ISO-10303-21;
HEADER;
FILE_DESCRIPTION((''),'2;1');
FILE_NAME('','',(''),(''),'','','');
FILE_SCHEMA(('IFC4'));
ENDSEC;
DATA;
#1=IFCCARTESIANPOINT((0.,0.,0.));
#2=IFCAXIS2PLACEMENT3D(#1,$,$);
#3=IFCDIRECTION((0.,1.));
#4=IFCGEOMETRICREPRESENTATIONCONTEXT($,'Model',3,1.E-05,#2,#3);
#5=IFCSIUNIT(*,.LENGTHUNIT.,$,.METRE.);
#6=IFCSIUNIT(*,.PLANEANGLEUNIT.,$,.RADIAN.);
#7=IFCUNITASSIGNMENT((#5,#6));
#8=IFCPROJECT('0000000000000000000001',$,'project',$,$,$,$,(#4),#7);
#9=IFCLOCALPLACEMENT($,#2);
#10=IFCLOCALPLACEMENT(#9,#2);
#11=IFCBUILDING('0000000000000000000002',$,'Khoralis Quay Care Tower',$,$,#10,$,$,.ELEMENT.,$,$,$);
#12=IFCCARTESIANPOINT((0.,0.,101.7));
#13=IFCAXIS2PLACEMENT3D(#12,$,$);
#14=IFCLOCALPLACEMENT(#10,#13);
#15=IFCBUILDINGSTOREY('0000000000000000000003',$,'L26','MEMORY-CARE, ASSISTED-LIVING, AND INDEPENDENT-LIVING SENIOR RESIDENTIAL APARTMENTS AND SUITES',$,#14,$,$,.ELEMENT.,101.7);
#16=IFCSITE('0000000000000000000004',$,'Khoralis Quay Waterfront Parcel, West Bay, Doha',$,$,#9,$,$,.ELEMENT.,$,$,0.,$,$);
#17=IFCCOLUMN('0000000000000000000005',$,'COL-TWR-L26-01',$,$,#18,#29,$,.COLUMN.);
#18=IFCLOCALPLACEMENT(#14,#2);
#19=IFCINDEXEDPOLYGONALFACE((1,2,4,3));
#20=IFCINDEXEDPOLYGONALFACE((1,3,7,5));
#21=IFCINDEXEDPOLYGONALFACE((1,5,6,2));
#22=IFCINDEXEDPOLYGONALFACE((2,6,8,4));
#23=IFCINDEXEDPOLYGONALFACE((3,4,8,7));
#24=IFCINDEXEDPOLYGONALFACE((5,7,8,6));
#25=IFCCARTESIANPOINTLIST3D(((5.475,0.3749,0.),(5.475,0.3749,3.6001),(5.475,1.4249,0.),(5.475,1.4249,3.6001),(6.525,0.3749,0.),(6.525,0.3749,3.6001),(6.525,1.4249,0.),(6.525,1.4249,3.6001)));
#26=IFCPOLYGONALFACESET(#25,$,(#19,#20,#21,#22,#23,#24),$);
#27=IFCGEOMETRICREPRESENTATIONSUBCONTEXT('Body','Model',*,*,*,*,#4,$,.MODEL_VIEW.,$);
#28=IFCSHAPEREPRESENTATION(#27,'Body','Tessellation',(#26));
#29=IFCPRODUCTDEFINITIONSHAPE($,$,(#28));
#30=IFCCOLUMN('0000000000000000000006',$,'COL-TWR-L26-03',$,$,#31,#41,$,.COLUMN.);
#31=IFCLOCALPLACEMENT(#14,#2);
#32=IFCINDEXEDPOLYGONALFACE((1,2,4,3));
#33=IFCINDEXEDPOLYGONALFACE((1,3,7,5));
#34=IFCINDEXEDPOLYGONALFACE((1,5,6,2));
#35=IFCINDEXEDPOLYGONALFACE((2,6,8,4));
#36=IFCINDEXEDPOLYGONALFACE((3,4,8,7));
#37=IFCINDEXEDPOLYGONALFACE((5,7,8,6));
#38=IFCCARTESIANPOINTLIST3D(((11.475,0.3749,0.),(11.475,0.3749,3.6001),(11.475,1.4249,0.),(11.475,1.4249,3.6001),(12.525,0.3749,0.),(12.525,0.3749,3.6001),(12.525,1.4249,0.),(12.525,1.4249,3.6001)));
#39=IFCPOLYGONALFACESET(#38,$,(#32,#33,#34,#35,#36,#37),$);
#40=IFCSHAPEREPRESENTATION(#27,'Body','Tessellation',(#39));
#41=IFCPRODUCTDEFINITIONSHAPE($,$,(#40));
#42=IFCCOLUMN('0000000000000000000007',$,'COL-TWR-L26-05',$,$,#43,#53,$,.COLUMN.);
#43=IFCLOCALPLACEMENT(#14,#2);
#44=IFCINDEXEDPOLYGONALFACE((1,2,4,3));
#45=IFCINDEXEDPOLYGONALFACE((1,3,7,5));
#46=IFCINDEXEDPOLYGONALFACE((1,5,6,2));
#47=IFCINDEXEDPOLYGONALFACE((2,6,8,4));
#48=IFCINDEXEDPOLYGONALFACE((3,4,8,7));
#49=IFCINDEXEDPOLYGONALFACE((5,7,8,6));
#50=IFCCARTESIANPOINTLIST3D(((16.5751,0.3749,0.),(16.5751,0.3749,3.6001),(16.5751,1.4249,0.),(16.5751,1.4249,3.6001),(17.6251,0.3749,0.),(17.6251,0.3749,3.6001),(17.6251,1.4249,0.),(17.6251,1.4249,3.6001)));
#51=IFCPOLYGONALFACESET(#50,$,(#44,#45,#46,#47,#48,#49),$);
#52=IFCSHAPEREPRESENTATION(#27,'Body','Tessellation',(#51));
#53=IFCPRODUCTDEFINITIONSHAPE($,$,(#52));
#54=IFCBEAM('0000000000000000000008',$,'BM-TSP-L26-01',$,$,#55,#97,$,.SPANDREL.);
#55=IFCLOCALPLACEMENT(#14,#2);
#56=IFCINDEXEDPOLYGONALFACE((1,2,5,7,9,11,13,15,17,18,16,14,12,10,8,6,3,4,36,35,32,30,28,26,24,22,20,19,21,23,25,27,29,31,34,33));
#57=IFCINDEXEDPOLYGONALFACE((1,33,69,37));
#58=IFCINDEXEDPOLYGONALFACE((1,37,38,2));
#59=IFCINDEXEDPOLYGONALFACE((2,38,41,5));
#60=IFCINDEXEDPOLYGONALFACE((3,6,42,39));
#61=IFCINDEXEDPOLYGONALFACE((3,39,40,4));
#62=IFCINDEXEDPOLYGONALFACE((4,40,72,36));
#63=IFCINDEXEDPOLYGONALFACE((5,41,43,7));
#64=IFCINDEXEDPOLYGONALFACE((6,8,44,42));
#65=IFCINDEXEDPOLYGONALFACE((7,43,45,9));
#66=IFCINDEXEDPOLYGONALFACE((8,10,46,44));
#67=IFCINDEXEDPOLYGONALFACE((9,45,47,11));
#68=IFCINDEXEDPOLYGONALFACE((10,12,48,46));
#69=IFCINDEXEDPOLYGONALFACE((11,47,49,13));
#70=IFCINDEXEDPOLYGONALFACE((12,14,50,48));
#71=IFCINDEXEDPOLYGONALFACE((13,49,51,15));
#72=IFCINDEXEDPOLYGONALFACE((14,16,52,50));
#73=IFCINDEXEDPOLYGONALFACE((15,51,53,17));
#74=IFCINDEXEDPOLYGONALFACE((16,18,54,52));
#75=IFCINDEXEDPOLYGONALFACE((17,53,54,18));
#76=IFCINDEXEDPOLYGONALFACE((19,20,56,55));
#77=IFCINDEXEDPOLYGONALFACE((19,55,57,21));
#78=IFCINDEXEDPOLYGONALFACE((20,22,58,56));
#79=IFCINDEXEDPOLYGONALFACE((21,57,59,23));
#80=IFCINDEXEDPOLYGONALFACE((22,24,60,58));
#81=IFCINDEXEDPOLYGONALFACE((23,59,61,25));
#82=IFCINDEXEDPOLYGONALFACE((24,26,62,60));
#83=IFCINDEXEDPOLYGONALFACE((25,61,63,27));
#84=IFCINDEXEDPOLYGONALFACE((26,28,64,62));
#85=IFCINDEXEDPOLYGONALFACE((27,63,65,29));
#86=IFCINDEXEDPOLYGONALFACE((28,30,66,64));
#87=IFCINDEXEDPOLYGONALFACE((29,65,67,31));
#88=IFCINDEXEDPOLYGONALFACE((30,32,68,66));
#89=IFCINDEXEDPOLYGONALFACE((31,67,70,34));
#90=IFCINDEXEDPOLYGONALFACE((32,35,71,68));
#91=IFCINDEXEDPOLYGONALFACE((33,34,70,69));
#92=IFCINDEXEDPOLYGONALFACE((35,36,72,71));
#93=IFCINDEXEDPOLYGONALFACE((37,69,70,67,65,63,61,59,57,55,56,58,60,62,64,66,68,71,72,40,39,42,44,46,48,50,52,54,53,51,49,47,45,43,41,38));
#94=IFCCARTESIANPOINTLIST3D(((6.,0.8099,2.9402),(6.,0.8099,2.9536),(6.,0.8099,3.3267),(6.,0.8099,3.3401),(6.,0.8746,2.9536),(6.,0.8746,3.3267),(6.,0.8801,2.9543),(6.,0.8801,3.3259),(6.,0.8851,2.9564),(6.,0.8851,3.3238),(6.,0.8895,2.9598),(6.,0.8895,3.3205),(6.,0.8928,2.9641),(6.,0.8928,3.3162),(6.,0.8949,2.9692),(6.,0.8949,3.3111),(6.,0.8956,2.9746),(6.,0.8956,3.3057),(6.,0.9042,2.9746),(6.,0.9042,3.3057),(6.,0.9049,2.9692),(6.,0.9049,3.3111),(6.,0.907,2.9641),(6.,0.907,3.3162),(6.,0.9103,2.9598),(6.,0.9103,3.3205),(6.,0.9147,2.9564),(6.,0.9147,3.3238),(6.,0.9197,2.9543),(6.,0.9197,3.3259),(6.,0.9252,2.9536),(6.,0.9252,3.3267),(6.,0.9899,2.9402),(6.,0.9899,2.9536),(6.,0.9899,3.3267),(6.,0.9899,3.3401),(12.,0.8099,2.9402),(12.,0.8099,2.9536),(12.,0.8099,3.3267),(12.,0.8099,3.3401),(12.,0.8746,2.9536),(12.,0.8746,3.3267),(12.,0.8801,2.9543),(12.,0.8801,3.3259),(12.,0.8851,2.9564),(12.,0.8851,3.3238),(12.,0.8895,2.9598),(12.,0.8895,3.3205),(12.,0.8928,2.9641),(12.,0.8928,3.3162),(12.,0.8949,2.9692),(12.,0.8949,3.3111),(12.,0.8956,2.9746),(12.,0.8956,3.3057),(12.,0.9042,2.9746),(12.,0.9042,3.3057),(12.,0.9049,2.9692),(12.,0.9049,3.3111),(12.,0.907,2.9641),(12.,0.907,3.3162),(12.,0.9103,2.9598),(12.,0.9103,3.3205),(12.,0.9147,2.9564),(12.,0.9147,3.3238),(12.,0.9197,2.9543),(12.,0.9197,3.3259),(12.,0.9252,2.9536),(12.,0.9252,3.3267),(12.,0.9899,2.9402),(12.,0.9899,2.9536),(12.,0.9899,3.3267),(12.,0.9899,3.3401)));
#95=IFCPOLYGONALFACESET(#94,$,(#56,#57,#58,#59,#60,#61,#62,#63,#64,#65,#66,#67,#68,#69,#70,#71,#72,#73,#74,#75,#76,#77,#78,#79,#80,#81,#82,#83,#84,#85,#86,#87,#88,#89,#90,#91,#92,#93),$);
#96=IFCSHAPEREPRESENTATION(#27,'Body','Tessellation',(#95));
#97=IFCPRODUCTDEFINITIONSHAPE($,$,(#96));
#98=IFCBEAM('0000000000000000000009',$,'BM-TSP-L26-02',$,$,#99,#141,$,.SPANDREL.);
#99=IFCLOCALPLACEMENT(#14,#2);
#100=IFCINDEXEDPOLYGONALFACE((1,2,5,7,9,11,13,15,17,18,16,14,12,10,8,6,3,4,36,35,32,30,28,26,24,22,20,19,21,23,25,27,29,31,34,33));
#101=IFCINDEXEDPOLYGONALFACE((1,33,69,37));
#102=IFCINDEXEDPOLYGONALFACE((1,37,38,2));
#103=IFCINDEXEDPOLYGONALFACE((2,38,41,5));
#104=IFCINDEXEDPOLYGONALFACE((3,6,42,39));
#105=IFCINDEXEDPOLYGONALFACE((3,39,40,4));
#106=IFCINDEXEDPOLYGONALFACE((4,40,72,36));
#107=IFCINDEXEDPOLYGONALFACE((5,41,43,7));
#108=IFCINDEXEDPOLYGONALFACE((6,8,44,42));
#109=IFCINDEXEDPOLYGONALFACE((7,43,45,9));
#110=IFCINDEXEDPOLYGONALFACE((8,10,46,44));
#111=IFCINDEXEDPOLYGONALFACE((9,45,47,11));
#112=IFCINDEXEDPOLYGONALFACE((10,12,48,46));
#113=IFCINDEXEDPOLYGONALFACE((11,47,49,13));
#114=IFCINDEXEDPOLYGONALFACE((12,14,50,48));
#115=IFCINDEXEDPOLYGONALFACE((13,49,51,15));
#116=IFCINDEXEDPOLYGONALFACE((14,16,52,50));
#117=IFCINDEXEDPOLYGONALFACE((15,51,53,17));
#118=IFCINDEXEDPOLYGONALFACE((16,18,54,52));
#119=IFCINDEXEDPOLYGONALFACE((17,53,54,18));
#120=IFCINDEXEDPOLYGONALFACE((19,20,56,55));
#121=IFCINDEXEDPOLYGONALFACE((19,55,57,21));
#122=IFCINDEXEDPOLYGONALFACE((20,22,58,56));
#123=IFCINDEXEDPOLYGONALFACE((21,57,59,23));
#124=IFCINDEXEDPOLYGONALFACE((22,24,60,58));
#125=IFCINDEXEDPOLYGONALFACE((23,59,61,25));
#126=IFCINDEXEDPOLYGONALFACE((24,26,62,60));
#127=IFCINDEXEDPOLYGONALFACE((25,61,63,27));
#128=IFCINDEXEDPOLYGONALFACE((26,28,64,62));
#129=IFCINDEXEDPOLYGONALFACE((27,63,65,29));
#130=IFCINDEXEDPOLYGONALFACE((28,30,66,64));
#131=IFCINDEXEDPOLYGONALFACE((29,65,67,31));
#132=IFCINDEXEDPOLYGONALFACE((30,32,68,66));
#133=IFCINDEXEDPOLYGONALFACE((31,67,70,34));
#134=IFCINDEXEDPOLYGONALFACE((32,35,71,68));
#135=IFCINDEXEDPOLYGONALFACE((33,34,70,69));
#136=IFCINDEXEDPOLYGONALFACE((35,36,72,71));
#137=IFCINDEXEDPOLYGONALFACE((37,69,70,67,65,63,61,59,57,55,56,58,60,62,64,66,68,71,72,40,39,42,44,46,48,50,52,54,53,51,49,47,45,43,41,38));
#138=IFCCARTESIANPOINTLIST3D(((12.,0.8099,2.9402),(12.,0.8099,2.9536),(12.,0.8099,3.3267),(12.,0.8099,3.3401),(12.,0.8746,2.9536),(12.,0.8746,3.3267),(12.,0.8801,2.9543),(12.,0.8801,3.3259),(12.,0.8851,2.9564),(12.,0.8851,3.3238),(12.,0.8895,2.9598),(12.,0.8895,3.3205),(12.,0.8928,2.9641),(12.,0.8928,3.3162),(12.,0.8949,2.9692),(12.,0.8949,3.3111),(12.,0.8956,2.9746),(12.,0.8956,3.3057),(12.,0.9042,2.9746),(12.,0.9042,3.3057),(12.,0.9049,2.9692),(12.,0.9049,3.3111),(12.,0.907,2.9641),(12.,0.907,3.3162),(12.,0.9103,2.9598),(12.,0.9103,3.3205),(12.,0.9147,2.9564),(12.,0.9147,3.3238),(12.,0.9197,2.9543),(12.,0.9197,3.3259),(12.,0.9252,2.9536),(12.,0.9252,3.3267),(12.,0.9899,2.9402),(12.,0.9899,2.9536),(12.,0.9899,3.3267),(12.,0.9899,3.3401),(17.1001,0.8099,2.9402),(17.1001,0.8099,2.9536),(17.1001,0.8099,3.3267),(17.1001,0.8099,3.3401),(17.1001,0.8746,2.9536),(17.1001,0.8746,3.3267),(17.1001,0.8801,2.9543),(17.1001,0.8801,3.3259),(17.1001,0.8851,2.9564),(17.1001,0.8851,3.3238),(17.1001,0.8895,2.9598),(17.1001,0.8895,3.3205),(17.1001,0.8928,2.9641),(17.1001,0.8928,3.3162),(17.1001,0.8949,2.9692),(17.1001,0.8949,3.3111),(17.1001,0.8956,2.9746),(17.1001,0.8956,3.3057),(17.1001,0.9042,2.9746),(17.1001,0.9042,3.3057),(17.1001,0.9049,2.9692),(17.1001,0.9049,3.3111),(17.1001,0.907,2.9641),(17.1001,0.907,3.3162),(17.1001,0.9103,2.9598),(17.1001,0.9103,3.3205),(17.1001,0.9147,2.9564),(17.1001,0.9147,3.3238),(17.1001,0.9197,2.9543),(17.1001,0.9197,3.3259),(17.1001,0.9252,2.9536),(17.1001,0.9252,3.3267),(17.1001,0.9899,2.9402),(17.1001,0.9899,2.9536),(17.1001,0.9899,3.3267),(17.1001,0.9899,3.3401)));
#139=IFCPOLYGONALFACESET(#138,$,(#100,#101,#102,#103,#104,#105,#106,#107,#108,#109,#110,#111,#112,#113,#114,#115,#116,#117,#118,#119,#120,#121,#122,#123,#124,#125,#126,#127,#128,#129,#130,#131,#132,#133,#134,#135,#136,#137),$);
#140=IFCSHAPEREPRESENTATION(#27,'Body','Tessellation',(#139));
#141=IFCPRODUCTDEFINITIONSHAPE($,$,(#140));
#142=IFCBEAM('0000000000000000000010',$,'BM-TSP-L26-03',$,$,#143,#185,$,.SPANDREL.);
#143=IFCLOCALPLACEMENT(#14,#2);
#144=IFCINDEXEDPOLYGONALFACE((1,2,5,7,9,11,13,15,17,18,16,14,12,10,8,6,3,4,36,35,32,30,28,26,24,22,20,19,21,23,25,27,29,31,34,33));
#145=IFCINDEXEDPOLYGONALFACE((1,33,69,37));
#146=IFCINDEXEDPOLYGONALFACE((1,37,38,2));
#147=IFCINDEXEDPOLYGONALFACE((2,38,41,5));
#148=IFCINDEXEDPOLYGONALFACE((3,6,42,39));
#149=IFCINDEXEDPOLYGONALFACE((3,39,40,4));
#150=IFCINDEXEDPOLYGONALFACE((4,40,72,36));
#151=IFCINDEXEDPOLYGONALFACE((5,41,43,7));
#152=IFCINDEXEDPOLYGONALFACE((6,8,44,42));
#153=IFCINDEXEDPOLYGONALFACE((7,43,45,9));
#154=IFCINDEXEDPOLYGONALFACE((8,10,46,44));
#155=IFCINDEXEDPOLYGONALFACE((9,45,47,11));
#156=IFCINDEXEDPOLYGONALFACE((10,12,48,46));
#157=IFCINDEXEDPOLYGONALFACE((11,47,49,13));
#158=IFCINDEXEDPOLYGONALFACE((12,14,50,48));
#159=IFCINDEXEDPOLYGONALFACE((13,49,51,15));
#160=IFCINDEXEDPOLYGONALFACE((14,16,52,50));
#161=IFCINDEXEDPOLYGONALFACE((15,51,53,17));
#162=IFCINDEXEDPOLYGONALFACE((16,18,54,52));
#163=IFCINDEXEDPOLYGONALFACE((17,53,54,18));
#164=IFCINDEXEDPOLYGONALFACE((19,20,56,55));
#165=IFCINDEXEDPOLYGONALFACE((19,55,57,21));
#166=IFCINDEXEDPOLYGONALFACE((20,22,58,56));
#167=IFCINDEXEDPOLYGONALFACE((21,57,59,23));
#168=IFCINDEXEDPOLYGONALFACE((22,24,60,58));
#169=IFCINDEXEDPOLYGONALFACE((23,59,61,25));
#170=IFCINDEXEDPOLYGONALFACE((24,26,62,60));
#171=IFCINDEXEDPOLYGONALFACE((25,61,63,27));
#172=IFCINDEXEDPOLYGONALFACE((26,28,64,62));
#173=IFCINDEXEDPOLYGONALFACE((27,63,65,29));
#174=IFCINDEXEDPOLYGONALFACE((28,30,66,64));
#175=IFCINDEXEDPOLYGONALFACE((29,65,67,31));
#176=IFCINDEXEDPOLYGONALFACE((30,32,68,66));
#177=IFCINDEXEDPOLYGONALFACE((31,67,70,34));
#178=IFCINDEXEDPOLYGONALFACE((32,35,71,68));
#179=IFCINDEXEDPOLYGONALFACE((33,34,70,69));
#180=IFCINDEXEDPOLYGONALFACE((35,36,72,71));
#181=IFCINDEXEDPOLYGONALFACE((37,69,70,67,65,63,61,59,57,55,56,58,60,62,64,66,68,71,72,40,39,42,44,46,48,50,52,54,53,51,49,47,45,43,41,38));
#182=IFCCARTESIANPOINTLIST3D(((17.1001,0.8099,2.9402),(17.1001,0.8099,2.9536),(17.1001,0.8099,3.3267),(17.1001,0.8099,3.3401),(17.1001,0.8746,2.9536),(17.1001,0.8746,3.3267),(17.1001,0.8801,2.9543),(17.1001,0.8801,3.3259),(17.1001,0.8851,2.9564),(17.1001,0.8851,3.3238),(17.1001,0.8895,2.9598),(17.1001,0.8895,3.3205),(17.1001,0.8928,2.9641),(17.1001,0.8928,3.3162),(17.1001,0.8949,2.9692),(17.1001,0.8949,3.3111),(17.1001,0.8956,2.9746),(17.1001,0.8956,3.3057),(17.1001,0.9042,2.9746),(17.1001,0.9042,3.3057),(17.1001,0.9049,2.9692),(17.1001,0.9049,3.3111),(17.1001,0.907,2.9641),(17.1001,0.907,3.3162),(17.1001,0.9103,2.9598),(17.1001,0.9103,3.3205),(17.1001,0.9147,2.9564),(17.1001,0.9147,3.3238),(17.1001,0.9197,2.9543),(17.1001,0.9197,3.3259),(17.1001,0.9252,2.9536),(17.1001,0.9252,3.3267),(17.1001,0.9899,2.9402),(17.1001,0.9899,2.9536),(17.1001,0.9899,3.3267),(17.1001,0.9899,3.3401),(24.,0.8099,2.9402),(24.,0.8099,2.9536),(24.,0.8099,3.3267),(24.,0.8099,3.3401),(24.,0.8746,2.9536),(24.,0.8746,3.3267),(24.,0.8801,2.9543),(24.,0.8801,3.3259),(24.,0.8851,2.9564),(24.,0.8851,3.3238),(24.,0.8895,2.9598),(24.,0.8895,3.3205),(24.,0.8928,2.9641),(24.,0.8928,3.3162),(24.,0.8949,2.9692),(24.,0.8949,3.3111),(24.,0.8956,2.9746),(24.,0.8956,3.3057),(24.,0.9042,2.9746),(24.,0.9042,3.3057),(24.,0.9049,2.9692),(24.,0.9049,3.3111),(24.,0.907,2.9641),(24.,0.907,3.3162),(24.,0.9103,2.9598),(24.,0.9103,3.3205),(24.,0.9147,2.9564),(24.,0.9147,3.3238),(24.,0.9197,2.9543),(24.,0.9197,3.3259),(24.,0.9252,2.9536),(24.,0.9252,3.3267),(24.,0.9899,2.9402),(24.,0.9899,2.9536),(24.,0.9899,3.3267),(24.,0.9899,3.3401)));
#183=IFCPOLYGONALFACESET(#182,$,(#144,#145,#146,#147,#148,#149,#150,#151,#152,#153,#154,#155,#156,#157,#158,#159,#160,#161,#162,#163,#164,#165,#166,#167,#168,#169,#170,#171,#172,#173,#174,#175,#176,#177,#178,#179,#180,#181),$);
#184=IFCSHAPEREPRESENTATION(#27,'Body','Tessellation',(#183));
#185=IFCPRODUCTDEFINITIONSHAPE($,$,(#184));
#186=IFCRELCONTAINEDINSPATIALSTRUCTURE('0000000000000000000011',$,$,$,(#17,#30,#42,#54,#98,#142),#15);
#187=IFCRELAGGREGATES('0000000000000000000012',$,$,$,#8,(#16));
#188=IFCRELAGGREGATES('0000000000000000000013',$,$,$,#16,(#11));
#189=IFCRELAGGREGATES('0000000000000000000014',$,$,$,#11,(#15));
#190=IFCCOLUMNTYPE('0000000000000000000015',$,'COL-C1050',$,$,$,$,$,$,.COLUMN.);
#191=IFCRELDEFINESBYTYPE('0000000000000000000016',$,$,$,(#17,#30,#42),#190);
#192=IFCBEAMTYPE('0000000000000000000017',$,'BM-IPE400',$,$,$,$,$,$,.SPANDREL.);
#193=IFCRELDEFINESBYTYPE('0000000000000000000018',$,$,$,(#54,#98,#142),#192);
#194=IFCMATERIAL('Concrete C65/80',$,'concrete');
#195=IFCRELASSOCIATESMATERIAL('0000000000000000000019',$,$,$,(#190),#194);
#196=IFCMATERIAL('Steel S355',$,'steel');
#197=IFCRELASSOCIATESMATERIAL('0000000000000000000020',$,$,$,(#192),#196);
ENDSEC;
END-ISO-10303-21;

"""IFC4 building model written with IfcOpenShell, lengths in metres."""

from ifc_helpers import new_model, si_unit, direction, frame, origin, origin_2d, place, context, subcontext, project, spatial, rectangle, i_section, extrude, source, transform, mapped, material, material_profile, profile_set, type_object, element, save


model = new_model("IFC4")

# Units and contexts
model_context = context("Model", 3, precision=1e-05, world=origin(), true_north=direction((0.0, 1.0)))
body_context = subcontext(model_context, "Body", "Model", "MODEL_VIEW")
ifc_project = project(units=[si_unit("LENGTHUNIT", "METRE"), si_unit("PLANEANGLEUNIT", "RADIAN")], contexts=[model_context])

# Site, building, storey
site_placement = place(None, origin())
site = spatial("IfcSite", under=ifc_project, at=site_placement, Name="Khoralis Quay Waterfront Parcel, West Bay, Doha", CompositionType="ELEMENT", RefElevation=0.0)
building_placement = place(site_placement, origin())
building = spatial("IfcBuilding", under=site, at=building_placement, Name="Khoralis Quay Care Tower", CompositionType="ELEMENT")
storey_placement = place(building_placement, frame((0.0, 0.0, 101.7)))
storey = spatial("IfcBuildingStorey", under=building, at=storey_placement, Name="L26", Description="MEMORY-CARE, ASSISTED-LIVING, AND INDEPENDENT-LIVING SENIOR RESIDENTIAL APARTMENTS AND SUITES", CompositionType="ELEMENT", Elevation=101.7)

# Columns
ifc_material_1 = material(Name="Concrete C65/80", Category="concrete")
ifc_material_profile_1 = material_profile(ifc_material_1, rectangle(XDim=1.05, YDim=1.05, at=origin_2d()), Name="Concrete C65/80")
ifc_profile_set_1 = profile_set([ifc_material_profile_1], Name="Concrete C65/80")
column_type = type_object("IfcColumnType", Name="COL-C1050", PredefinedType="COLUMN", material=ifc_profile_set_1)
shared_shape_1 = source(origin(), body_context, "Body", "SweptSolid", [
    extrude(rectangle(XDim=1.05, YDim=1.05, at=origin_2d()), origin(), (0.0, 0.0, 1.0), 3.6001),
])
for number, where, z_axis, x_axis, name in (
    (1, (6.0, 0.8999, 0.0), (0.0, 0.0, 1.0), (1.0, 0.0, 0.0), "COL-TWR-L26-01"),
    (2, (12.0, 0.8999, 0.0), (0.0, 0.0, 1.0), (1.0, 0.0, 0.0), "COL-TWR-L26-03"),
    (3, (17.1001, 0.8999, 0.0), (0.0, 0.0, 1.0), (1.0, 0.0, 0.0), "COL-TWR-L26-05"),
):
    element("IfcColumn", number, at=place(storey_placement, frame(where, z_axis=z_axis, x_axis=x_axis)), inside=storey, type_object=column_type, Name=name, PredefinedType="COLUMN", context=body_context, shape_type="MappedRepresentation", body=[
        mapped(shared_shape_1, transform((0.0, 0.0, 0.0), scale=1.0)),
    ])

# Beams
ifc_material_2 = material(Name="Steel S355", Category="steel")
ifc_material_profile_2 = material_profile(ifc_material_2, i_section(OverallWidth=0.1799, OverallDepth=0.3999, WebThickness=0.0085, FlangeThickness=0.0134, FilletRadius=0.021, at=origin_2d()), Name="Steel S355")
ifc_profile_set_2 = profile_set([ifc_material_profile_2], Name="Steel S355")
beam_type_1 = type_object("IfcBeamType", Name="BM-IPE400", PredefinedType="SPANDREL", material=ifc_profile_set_2)
shared_shape_2 = source(origin(), body_context, "Body", "SweptSolid", [
    extrude(i_section(OverallWidth=0.1799, OverallDepth=0.3999, WebThickness=0.0085, FlangeThickness=0.0134, FilletRadius=0.021, at=origin_2d()), origin(), (0.0, 0.0, 1.0), 6.0),
])
beam_1_placement = place(storey_placement, frame((6.0, 0.8999, 3.1401), z_axis=(1.0, 0.0, 0.0), x_axis=(0.0, 1.0, 0.0)))
element("IfcBeam", 4, at=beam_1_placement, inside=storey, type_object=beam_type_1, Name="BM-TSP-L26-01", PredefinedType="SPANDREL", context=body_context, shape_type="MappedRepresentation", body=[
    mapped(shared_shape_2, transform((0.0, 0.0, 0.0), scale=1.0)),
])
shared_shape_3 = source(origin(), body_context, "Body", "SweptSolid", [
    extrude(i_section(OverallWidth=0.1799, OverallDepth=0.3999, WebThickness=0.0085, FlangeThickness=0.0134, FilletRadius=0.021, at=origin_2d()), origin(), (0.0, 0.0, 1.0), 5.1001),
])
beam_2_placement = place(storey_placement, frame((12.0, 0.8999, 3.1401), z_axis=(1.0, 0.0, 0.0), x_axis=(0.0, 1.0, 0.0)))
element("IfcBeam", 5, at=beam_2_placement, inside=storey, type_object=beam_type_1, Name="BM-TSP-L26-02", PredefinedType="SPANDREL", context=body_context, shape_type="MappedRepresentation", body=[
    mapped(shared_shape_3, transform((0.0, 0.0, 0.0), scale=1.0)),
])
shared_shape_4 = source(origin(), body_context, "Body", "SweptSolid", [
    extrude(i_section(OverallWidth=0.1799, OverallDepth=0.3999, WebThickness=0.0085, FlangeThickness=0.0134, FilletRadius=0.021, at=origin_2d()), origin(), (0.0, 0.0, 1.0), 6.8999),
])
beam_3_placement = place(storey_placement, frame((17.1001, 0.8999, 3.1401), z_axis=(1.0, 0.0, 0.0), x_axis=(0.0, 1.0, 0.0)))
element("IfcBeam", 6, at=beam_3_placement, inside=storey, type_object=beam_type_1, Name="BM-TSP-L26-03", PredefinedType="SPANDREL", context=body_context, shape_type="MappedRepresentation", body=[
    mapped(shared_shape_4, transform((0.0, 0.0, 0.0), scale=1.0)),
])

save(model, "model.ifc")
